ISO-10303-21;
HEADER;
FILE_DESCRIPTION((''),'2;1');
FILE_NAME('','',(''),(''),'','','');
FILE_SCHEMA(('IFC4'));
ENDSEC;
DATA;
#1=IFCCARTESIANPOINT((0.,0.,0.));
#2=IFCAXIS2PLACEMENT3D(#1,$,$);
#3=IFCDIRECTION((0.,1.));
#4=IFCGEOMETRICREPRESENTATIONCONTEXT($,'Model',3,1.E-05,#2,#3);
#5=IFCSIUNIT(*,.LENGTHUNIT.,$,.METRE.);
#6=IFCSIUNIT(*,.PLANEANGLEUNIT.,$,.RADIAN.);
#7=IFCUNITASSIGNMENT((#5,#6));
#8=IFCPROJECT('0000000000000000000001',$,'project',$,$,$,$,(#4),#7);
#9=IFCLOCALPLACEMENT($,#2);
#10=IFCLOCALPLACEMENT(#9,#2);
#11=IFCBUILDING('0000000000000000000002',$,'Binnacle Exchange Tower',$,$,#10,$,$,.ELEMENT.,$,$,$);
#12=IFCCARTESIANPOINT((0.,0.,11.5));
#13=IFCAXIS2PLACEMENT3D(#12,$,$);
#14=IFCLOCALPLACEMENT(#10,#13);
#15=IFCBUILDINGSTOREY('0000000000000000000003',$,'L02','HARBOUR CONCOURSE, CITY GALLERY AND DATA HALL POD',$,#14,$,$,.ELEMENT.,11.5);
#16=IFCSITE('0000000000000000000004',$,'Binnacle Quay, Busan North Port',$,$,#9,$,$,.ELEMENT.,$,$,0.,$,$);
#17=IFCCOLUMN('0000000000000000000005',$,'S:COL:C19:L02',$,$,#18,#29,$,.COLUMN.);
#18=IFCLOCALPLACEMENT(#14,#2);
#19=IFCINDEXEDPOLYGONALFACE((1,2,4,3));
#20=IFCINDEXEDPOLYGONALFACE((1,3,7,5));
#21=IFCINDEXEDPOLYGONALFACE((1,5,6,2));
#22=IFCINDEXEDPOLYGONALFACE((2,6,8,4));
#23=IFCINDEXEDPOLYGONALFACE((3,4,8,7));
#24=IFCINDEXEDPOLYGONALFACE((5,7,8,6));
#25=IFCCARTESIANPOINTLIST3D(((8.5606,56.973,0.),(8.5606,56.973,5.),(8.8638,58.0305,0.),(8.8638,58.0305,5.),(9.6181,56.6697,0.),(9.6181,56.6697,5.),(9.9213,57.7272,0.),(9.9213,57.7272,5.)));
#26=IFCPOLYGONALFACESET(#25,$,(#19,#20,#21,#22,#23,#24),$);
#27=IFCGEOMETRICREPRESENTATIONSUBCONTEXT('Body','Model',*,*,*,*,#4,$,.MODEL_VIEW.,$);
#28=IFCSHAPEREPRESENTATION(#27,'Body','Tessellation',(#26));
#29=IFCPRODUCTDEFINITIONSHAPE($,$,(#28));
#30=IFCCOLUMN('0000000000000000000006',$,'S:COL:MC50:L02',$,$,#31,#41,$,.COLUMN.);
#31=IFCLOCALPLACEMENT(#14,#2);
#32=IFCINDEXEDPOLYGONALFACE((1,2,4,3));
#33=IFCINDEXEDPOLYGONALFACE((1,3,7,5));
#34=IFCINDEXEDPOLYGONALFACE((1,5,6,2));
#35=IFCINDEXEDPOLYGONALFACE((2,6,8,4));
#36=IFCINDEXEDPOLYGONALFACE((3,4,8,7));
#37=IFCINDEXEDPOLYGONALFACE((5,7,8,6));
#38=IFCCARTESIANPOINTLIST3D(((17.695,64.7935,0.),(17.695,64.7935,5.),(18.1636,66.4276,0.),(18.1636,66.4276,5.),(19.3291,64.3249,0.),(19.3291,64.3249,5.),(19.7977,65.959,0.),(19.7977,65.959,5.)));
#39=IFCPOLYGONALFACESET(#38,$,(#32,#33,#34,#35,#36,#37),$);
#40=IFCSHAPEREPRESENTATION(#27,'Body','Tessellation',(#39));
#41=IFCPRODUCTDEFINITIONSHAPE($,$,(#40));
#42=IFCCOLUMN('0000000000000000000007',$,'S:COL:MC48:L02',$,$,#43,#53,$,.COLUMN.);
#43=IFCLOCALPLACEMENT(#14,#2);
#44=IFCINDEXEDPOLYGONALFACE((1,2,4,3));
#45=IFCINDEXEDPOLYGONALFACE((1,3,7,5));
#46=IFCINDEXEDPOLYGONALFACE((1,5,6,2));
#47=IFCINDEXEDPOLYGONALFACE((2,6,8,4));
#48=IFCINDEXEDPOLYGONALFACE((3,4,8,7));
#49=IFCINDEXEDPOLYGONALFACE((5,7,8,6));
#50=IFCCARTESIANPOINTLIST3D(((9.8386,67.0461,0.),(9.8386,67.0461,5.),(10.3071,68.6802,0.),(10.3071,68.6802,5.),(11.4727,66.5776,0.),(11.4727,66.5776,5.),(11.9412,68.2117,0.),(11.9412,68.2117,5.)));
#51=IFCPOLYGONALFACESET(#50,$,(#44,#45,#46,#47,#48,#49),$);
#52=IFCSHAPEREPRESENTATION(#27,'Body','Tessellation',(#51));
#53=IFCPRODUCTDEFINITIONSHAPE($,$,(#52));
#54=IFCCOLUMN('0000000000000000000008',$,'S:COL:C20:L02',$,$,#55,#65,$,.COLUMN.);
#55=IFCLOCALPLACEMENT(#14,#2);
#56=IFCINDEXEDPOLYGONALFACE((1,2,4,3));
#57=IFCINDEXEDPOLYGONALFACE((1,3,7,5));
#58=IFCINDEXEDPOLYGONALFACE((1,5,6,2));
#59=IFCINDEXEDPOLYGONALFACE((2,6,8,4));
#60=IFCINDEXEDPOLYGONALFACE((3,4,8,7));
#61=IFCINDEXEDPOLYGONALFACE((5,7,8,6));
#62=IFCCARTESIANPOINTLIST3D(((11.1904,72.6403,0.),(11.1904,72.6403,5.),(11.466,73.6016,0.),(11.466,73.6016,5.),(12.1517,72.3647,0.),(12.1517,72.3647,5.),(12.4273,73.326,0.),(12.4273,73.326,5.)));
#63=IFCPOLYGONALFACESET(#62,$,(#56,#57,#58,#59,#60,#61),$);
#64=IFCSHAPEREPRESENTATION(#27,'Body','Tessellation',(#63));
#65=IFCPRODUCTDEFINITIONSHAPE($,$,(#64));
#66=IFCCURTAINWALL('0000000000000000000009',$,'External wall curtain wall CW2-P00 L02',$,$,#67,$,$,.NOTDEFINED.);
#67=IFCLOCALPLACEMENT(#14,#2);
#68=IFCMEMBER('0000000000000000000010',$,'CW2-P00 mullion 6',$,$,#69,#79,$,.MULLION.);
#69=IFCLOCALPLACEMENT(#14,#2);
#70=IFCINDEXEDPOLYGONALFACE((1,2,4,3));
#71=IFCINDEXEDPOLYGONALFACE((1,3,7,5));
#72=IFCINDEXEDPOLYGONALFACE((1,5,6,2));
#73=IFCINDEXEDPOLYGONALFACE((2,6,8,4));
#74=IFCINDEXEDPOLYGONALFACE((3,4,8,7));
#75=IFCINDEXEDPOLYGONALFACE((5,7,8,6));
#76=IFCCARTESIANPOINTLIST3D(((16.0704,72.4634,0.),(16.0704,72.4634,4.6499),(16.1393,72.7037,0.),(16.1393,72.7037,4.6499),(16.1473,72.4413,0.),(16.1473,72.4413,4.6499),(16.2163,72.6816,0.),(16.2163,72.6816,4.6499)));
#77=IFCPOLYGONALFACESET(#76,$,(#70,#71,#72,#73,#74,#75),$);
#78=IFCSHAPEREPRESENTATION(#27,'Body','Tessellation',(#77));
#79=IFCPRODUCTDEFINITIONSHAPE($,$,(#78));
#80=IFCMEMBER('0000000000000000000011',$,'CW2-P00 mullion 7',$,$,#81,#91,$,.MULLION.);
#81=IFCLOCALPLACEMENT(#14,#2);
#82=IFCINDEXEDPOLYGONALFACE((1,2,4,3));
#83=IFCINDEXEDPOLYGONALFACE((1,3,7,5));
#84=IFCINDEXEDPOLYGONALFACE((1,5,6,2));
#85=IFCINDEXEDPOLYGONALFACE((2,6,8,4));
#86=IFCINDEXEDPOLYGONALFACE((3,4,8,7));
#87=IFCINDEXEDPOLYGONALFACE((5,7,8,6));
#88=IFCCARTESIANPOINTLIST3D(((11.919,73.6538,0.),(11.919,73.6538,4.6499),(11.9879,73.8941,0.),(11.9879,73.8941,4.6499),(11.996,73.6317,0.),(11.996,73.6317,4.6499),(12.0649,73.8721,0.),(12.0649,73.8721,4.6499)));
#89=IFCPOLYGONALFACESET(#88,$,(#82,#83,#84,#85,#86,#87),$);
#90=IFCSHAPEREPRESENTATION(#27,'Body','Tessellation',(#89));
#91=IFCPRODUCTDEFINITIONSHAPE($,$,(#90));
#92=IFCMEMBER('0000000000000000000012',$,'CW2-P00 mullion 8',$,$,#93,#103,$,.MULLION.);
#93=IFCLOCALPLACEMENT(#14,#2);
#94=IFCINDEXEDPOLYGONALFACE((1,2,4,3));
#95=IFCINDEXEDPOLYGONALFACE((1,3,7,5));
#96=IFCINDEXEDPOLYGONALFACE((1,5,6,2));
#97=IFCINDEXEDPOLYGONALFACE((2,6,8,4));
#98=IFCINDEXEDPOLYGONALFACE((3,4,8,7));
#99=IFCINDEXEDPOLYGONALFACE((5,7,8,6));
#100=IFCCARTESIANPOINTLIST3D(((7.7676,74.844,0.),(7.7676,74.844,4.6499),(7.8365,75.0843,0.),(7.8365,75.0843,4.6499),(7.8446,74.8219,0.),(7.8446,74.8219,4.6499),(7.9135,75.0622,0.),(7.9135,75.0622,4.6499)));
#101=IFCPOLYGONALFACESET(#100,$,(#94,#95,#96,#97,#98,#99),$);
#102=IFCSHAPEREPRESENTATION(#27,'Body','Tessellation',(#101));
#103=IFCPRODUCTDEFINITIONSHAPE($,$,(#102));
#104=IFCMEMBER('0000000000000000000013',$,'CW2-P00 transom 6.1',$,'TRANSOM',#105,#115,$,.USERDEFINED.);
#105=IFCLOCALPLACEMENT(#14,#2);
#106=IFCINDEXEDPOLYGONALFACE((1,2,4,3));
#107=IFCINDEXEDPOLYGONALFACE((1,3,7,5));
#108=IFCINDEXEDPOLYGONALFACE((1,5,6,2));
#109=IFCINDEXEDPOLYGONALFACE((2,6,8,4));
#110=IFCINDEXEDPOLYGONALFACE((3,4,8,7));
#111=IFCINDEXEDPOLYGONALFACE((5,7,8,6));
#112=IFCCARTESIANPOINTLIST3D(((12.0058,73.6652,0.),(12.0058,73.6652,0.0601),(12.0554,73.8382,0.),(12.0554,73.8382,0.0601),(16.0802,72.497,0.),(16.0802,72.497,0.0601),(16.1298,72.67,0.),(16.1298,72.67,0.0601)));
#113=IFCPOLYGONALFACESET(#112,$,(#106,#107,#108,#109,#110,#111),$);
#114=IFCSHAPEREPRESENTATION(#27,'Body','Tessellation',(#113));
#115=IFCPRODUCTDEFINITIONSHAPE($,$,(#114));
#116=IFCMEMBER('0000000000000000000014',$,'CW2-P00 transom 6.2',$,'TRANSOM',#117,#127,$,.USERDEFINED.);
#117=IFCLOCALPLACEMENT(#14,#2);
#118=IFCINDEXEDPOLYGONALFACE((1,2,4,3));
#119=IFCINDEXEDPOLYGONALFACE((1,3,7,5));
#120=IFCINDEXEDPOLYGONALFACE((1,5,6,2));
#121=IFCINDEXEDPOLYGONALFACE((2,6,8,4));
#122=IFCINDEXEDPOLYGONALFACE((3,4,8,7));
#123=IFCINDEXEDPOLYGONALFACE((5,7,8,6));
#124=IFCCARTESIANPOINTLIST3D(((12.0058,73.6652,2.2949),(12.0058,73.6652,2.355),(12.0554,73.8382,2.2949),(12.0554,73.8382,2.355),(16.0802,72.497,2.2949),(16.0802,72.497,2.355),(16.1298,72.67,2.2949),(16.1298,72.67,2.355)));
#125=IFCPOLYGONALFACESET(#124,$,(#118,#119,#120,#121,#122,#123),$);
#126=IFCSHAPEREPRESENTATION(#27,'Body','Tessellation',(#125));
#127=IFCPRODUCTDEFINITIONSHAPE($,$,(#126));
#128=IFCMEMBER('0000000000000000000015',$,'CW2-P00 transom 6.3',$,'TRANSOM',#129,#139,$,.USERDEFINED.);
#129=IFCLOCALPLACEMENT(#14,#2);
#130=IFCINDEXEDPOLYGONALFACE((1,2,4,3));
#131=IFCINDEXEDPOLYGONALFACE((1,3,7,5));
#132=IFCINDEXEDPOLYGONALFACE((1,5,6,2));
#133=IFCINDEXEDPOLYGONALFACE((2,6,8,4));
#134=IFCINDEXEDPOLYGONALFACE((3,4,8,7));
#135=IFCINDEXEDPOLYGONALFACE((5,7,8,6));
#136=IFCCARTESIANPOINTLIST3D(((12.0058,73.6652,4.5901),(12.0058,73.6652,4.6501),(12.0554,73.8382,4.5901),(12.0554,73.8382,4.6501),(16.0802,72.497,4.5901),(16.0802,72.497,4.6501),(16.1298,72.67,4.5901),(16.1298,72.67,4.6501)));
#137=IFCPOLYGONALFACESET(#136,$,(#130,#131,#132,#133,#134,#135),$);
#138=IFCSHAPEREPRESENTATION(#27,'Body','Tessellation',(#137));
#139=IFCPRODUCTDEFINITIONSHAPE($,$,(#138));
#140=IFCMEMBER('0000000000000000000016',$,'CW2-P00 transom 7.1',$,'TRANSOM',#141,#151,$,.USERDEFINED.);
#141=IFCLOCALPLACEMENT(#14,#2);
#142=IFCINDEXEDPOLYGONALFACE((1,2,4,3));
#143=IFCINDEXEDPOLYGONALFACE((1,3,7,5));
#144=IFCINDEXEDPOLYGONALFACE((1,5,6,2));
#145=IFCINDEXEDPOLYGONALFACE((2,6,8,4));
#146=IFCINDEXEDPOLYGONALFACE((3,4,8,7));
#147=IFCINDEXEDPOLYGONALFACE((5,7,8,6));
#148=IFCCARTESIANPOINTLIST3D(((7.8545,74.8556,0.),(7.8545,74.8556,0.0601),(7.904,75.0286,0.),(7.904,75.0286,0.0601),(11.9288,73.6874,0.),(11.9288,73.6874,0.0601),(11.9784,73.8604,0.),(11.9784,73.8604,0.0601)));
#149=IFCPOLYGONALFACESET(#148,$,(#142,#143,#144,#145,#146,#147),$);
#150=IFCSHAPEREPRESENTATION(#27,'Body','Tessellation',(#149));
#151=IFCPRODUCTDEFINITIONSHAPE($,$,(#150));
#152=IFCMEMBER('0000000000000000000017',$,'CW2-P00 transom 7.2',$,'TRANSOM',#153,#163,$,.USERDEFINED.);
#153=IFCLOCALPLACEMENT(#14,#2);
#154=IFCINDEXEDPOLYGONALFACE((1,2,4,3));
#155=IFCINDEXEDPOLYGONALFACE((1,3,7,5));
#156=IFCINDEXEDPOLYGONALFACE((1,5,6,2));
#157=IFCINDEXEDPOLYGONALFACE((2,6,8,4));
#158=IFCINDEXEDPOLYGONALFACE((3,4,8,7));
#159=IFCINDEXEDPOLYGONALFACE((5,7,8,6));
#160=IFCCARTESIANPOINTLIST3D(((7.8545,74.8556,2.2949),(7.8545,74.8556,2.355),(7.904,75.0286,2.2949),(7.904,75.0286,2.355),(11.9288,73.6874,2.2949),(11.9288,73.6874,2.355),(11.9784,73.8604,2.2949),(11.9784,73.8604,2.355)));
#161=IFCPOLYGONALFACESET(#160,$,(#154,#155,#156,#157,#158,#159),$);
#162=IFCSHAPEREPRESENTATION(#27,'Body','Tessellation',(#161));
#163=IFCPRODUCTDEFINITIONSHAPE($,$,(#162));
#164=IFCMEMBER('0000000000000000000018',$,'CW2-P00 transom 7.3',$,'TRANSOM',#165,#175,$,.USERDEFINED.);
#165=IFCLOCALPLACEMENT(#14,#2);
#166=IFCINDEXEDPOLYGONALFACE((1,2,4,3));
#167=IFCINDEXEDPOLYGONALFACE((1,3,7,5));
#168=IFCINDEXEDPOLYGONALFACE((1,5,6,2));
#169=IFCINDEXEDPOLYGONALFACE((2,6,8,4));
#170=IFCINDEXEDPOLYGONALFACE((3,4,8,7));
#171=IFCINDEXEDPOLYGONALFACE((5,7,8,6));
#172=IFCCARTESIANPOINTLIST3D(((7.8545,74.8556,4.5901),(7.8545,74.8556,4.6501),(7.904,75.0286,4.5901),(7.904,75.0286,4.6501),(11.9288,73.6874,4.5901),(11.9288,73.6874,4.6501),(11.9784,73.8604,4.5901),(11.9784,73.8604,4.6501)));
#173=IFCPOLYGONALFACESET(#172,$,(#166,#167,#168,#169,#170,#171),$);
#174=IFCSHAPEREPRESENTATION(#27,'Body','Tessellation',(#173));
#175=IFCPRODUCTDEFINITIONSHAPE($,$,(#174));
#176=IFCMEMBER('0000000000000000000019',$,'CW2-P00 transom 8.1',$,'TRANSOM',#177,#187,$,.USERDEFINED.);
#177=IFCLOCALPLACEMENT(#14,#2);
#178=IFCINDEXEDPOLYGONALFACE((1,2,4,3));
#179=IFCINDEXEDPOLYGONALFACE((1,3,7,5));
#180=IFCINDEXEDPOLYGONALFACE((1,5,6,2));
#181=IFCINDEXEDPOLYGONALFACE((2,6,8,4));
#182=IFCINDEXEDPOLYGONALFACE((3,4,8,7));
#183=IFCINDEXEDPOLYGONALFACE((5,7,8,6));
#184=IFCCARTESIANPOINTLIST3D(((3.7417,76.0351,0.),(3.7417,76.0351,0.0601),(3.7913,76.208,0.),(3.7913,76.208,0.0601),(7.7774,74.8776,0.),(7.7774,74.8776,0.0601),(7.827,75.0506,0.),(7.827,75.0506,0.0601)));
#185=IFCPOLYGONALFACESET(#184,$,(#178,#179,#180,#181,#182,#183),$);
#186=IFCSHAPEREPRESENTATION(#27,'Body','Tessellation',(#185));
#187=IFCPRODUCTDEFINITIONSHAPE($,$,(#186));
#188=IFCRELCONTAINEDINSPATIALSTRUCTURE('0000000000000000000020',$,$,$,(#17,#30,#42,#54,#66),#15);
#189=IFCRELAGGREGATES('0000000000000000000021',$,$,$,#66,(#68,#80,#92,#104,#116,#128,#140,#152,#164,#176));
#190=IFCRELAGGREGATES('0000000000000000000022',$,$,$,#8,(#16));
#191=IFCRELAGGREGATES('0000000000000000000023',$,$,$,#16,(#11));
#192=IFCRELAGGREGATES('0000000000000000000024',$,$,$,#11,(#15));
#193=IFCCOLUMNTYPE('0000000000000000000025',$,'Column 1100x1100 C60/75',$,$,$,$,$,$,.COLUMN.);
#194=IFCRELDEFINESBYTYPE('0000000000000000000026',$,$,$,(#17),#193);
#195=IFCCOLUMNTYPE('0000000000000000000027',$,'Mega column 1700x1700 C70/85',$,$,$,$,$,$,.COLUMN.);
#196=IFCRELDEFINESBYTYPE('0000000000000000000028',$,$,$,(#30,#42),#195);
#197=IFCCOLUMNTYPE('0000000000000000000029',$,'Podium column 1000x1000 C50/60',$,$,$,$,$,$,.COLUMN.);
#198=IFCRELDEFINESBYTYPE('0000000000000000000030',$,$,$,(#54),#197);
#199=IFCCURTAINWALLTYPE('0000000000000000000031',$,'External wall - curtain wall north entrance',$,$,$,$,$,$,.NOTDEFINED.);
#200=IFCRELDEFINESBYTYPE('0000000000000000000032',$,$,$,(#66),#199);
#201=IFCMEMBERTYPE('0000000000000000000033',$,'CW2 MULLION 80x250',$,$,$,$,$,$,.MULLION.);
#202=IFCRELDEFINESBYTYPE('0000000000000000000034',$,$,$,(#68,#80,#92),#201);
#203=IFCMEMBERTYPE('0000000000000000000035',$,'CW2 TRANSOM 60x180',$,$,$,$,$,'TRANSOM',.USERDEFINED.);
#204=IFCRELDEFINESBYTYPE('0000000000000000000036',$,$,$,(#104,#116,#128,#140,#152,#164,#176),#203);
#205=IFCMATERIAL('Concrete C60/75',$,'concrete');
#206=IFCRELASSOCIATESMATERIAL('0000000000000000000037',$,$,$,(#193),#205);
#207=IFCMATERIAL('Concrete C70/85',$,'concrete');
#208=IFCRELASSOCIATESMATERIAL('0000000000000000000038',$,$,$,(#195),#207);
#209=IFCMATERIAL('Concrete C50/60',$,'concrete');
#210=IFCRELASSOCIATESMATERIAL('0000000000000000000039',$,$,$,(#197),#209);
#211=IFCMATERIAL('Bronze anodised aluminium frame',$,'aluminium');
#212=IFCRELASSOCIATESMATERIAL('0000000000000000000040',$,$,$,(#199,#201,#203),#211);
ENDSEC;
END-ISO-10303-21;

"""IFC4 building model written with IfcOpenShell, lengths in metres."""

from ifc_helpers import new_model, si_unit, direction, frame, origin, origin_2d, place, context, subcontext, project, spatial, rectangle, extrude, material, material_profile, profile_set, type_object, element, aggregate, save


model = new_model("IFC4")

# Units and contexts
model_context = context("Model", 3, precision=1e-05, world=origin(), true_north=direction((0.0, 1.0)))
body_context = subcontext(model_context, "Body", "Model", "MODEL_VIEW")
ifc_project = project(units=[si_unit("LENGTHUNIT", "METRE"), si_unit("PLANEANGLEUNIT", "RADIAN")], contexts=[model_context])

# Site, building, storey
site_placement = place(None, origin())
site = spatial("IfcSite", under=ifc_project, at=site_placement, Name="Binnacle Quay, Busan North Port", CompositionType="ELEMENT", RefElevation=0.0)
building_placement = place(site_placement, origin())
building = spatial("IfcBuilding", under=site, at=building_placement, Name="Binnacle Exchange Tower", CompositionType="ELEMENT")
storey_placement = place(building_placement, frame((0.0, 0.0, 11.5)))
storey = spatial("IfcBuildingStorey", under=building, at=storey_placement, Name="L02", Description="HARBOUR CONCOURSE, CITY GALLERY AND DATA HALL POD", CompositionType="ELEMENT", Elevation=11.5)

# Columns
ifc_material_1 = material(Name="Concrete C60/75", Category="concrete")
ifc_material_profile_1 = material_profile(ifc_material_1, rectangle(XDim=1.1001, YDim=1.1001, at=origin_2d()), Name="Column 1100x1100 C60/75")
ifc_profile_set_1 = profile_set([ifc_material_profile_1], Name="Concrete C60/75")
column_type_1 = type_object("IfcColumnType", Name="Column 1100x1100 C60/75", PredefinedType="COLUMN", material=ifc_profile_set_1)
column_1_placement = place(storey_placement, frame((9.241, 57.3501, 0.0), z_axis=(0.0, 0.0, 1.0), x_axis=(0.961262, -0.275637, 0.0)))
element("IfcColumn", 1, at=column_1_placement, inside=storey, type_object=column_type_1, Name="S:COL:C19:L02", PredefinedType="COLUMN", context=body_context, shape_type="SweptSolid", body=[
    extrude(rectangle(XDim=1.1001, YDim=1.1001, at=origin_2d()), origin(), (0.0, 0.0, 1.0), 5.0),
])
ifc_material_2 = material(Name="Concrete C70/85", Category="concrete")
ifc_material_profile_2 = material_profile(ifc_material_2, rectangle(XDim=1.7, YDim=1.7, at=origin_2d()), Name="Mega column 1700x1700 C70/85")
ifc_profile_set_2 = profile_set([ifc_material_profile_2], Name="Concrete C70/85")
column_type_2 = type_object("IfcColumnType", Name="Mega column 1700x1700 C70/85", PredefinedType="COLUMN", material=ifc_profile_set_2)
for number, where, z_axis, x_axis, name in (
    (2, (18.7463, 65.3762, 0.0), (0.0, 0.0, 1.0), (-0.961262, 0.275637, 0.0), "S:COL:MC50:L02"),
    (3, (10.8899, 67.6289, 0.0), (0.0, 0.0, 1.0), (-0.961262, 0.275637, 0.0), "S:COL:MC48:L02"),
):
    element("IfcColumn", number, at=place(storey_placement, frame(where, z_axis=z_axis, x_axis=x_axis)), inside=storey, type_object=column_type_2, Name=name, PredefinedType="COLUMN", context=body_context, shape_type="SweptSolid", body=[
        extrude(rectangle(XDim=1.7, YDim=1.7, at=origin_2d()), origin(), (0.0, 0.0, 1.0), 5.0),
    ])
ifc_material_3 = material(Name="Concrete C50/60", Category="concrete")
ifc_material_profile_3 = material_profile(ifc_material_3, rectangle(XDim=1.0, YDim=1.0, at=origin_2d()), Name="Podium column 1000x1000 C50/60")
ifc_profile_set_3 = profile_set([ifc_material_profile_3], Name="Concrete C50/60")
column_type_3 = type_object("IfcColumnType", Name="Podium column 1000x1000 C50/60", PredefinedType="COLUMN", material=ifc_profile_set_3)
column_2_placement = place(storey_placement, frame((11.8088, 72.9832, 0.0), z_axis=(0.0, 0.0, 1.0), x_axis=(-0.961262, 0.275637, 0.0)))
element("IfcColumn", 4, at=column_2_placement, inside=storey, type_object=column_type_3, Name="S:COL:C20:L02", PredefinedType="COLUMN", context=body_context, shape_type="SweptSolid", body=[
    extrude(rectangle(XDim=1.0, YDim=1.0, at=origin_2d()), origin(), (0.0, 0.0, 1.0), 5.0),
])

# Curtain wall, members
ifc_material_4 = material(Name="Bronze anodised aluminium frame", Category="aluminium")
curtain_wall_type = type_object("IfcCurtainWallType", Name="External wall - curtain wall north entrance", PredefinedType="NOTDEFINED", material=ifc_material_4)
curtain_wall_placement = place(storey_placement, origin())
curtain_wall = element("IfcCurtainWall", 5, at=curtain_wall_placement, inside=storey, type_object=curtain_wall_type, Name="External wall curtain wall CW2-P00 L02", PredefinedType="NOTDEFINED")
ifc_material_profile_4 = material_profile(ifc_material_4, rectangle(XDim=0.25, YDim=0.0801, at=origin_2d()), Name="AL 80x250")
ifc_profile_set_4 = profile_set([ifc_material_profile_4], Name="Bronze anodised aluminium frame")
member_type_1 = type_object("IfcMemberType", Name="CW2 MULLION 80x250", PredefinedType="MULLION", material=ifc_profile_set_4)
member_1_placement = place(storey_placement, frame((16.1433, 72.5725, 0.0), z_axis=(0.0, 0.0, 1.0), x_axis=(-0.275637, -0.961262, 0.0)))
member_1 = element("IfcMember", 6, at=member_1_placement, type_object=member_type_1, Name="CW2-P00 mullion 6", PredefinedType="MULLION", context=body_context, shape_type="SweptSolid", body=[
    extrude(rectangle(XDim=0.25, YDim=0.0801, at=origin_2d()), origin(), (0.0, 0.0, 1.0), 4.6499),
])
member_2_placement = place(storey_placement, frame((11.9919, 73.7629, 0.0), z_axis=(0.0, 0.0, 1.0), x_axis=(-0.275637, -0.961262, 0.0)))
member_2 = element("IfcMember", 7, at=member_2_placement, type_object=member_type_1, Name="CW2-P00 mullion 7", PredefinedType="MULLION", context=body_context, shape_type="SweptSolid", body=[
    extrude(rectangle(XDim=0.25, YDim=0.0801, at=origin_2d()), origin(), (0.0, 0.0, 1.0), 4.6499),
])
member_3_placement = place(storey_placement, frame((7.8406, 74.9531, 0.0), z_axis=(0.0, 0.0, 1.0), x_axis=(-0.275637, -0.961262, 0.0)))
member_3 = element("IfcMember", 8, at=member_3_placement, type_object=member_type_1, Name="CW2-P00 mullion 8", PredefinedType="MULLION", context=body_context, shape_type="SweptSolid", body=[
    extrude(rectangle(XDim=0.25, YDim=0.0801, at=origin_2d()), origin(), (0.0, 0.0, 1.0), 4.6499),
])
ifc_material_profile_5 = material_profile(ifc_material_4, rectangle(XDim=0.1799, YDim=0.0601, at=origin_2d()), Name="AL 180x60")
ifc_profile_set_5 = profile_set([ifc_material_profile_5], Name="Bronze anodised aluminium frame")
member_type_2 = type_object("IfcMemberType", Name="CW2 TRANSOM 60x180", ElementType="TRANSOM", PredefinedType="USERDEFINED", material=ifc_profile_set_5)
member_4_placement = place(storey_placement, frame((16.105, 72.5835, 0.03), z_axis=(-0.961269, 0.275611, 0.0), x_axis=(-0.275611, -0.961269, 0.0)))
member_4 = element("IfcMember", 9, at=member_4_placement, type_object=member_type_2, Name="CW2-P00 transom 6.1", ObjectType="TRANSOM", PredefinedType="USERDEFINED", context=body_context, shape_type="SweptSolid", body=[
    extrude(rectangle(XDim=0.1799, YDim=0.0601, at=origin_2d()), origin(), (0.0, 0.0, 1.0), 4.2385),
])
member_5_placement = place(storey_placement, frame((16.105, 72.5835, 2.325), z_axis=(-0.961269, 0.275611, 0.0), x_axis=(-0.275611, -0.961269, 0.0)))
member_5 = element("IfcMember", 10, at=member_5_placement, type_object=member_type_2, Name="CW2-P00 transom 6.2", ObjectType="TRANSOM", PredefinedType="USERDEFINED", context=body_context, shape_type="SweptSolid", body=[
    extrude(rectangle(XDim=0.1799, YDim=0.0601, at=origin_2d()), origin(), (0.0, 0.0, 1.0), 4.2385),
])
member_6_placement = place(storey_placement, frame((16.105, 72.5835, 4.6201), z_axis=(-0.961269, 0.275611, 0.0), x_axis=(-0.275611, -0.961269, 0.0)))
member_6 = element("IfcMember", 11, at=member_6_placement, type_object=member_type_2, Name="CW2-P00 transom 6.3", ObjectType="TRANSOM", PredefinedType="USERDEFINED", context=body_context, shape_type="SweptSolid", body=[
    extrude(rectangle(XDim=0.1799, YDim=0.0601, at=origin_2d()), origin(), (0.0, 0.0, 1.0), 4.2385),
])
member_7_placement = place(storey_placement, frame((11.9536, 73.7739, 0.03), z_axis=(-0.961269, 0.275611, 0.0), x_axis=(-0.275611, -0.961269, 0.0)))
member_7 = element("IfcMember", 12, at=member_7_placement, type_object=member_type_2, Name="CW2-P00 transom 7.1", ObjectType="TRANSOM", PredefinedType="USERDEFINED", context=body_context, shape_type="SweptSolid", body=[
    extrude(rectangle(XDim=0.1799, YDim=0.0601, at=origin_2d()), origin(), (0.0, 0.0, 1.0), 4.2385),
])
member_8_placement = place(storey_placement, frame((11.9536, 73.7739, 2.325), z_axis=(-0.961269, 0.275611, 0.0), x_axis=(-0.275611, -0.961269, 0.0)))
member_8 = element("IfcMember", 13, at=member_8_placement, type_object=member_type_2, Name="CW2-P00 transom 7.2", ObjectType="TRANSOM", PredefinedType="USERDEFINED", context=body_context, shape_type="SweptSolid", body=[
    extrude(rectangle(XDim=0.1799, YDim=0.0601, at=origin_2d()), origin(), (0.0, 0.0, 1.0), 4.2385),
])
member_9_placement = place(storey_placement, frame((11.9536, 73.7739, 4.6201), z_axis=(-0.961269, 0.275611, 0.0), x_axis=(-0.275611, -0.961269, 0.0)))
member_9 = element("IfcMember", 14, at=member_9_placement, type_object=member_type_2, Name="CW2-P00 transom 7.3", ObjectType="TRANSOM", PredefinedType="USERDEFINED", context=body_context, shape_type="SweptSolid", body=[
    extrude(rectangle(XDim=0.1799, YDim=0.0601, at=origin_2d()), origin(), (0.0, 0.0, 1.0), 4.2385),
])
member_10_placement = place(storey_placement, frame((7.8022, 74.9641, 0.03), z_axis=(-0.961249, 0.275681, 0.0), x_axis=(-0.275681, -0.961249, 0.0)))
member_10 = element("IfcMember", 15, at=member_10_placement, type_object=member_type_2, Name="CW2-P00 transom 8.1", ObjectType="TRANSOM", PredefinedType="USERDEFINED", context=body_context, shape_type="SweptSolid", body=[
    extrude(rectangle(XDim=0.1799, YDim=0.0601, at=origin_2d()), origin(), (0.0, 0.0, 1.0), 4.1985),
])

aggregate(curtain_wall, [member_1, member_2, member_3, member_4, member_5, member_6, member_7, member_8, member_9, member_10])

save(model, "model.ifc")
